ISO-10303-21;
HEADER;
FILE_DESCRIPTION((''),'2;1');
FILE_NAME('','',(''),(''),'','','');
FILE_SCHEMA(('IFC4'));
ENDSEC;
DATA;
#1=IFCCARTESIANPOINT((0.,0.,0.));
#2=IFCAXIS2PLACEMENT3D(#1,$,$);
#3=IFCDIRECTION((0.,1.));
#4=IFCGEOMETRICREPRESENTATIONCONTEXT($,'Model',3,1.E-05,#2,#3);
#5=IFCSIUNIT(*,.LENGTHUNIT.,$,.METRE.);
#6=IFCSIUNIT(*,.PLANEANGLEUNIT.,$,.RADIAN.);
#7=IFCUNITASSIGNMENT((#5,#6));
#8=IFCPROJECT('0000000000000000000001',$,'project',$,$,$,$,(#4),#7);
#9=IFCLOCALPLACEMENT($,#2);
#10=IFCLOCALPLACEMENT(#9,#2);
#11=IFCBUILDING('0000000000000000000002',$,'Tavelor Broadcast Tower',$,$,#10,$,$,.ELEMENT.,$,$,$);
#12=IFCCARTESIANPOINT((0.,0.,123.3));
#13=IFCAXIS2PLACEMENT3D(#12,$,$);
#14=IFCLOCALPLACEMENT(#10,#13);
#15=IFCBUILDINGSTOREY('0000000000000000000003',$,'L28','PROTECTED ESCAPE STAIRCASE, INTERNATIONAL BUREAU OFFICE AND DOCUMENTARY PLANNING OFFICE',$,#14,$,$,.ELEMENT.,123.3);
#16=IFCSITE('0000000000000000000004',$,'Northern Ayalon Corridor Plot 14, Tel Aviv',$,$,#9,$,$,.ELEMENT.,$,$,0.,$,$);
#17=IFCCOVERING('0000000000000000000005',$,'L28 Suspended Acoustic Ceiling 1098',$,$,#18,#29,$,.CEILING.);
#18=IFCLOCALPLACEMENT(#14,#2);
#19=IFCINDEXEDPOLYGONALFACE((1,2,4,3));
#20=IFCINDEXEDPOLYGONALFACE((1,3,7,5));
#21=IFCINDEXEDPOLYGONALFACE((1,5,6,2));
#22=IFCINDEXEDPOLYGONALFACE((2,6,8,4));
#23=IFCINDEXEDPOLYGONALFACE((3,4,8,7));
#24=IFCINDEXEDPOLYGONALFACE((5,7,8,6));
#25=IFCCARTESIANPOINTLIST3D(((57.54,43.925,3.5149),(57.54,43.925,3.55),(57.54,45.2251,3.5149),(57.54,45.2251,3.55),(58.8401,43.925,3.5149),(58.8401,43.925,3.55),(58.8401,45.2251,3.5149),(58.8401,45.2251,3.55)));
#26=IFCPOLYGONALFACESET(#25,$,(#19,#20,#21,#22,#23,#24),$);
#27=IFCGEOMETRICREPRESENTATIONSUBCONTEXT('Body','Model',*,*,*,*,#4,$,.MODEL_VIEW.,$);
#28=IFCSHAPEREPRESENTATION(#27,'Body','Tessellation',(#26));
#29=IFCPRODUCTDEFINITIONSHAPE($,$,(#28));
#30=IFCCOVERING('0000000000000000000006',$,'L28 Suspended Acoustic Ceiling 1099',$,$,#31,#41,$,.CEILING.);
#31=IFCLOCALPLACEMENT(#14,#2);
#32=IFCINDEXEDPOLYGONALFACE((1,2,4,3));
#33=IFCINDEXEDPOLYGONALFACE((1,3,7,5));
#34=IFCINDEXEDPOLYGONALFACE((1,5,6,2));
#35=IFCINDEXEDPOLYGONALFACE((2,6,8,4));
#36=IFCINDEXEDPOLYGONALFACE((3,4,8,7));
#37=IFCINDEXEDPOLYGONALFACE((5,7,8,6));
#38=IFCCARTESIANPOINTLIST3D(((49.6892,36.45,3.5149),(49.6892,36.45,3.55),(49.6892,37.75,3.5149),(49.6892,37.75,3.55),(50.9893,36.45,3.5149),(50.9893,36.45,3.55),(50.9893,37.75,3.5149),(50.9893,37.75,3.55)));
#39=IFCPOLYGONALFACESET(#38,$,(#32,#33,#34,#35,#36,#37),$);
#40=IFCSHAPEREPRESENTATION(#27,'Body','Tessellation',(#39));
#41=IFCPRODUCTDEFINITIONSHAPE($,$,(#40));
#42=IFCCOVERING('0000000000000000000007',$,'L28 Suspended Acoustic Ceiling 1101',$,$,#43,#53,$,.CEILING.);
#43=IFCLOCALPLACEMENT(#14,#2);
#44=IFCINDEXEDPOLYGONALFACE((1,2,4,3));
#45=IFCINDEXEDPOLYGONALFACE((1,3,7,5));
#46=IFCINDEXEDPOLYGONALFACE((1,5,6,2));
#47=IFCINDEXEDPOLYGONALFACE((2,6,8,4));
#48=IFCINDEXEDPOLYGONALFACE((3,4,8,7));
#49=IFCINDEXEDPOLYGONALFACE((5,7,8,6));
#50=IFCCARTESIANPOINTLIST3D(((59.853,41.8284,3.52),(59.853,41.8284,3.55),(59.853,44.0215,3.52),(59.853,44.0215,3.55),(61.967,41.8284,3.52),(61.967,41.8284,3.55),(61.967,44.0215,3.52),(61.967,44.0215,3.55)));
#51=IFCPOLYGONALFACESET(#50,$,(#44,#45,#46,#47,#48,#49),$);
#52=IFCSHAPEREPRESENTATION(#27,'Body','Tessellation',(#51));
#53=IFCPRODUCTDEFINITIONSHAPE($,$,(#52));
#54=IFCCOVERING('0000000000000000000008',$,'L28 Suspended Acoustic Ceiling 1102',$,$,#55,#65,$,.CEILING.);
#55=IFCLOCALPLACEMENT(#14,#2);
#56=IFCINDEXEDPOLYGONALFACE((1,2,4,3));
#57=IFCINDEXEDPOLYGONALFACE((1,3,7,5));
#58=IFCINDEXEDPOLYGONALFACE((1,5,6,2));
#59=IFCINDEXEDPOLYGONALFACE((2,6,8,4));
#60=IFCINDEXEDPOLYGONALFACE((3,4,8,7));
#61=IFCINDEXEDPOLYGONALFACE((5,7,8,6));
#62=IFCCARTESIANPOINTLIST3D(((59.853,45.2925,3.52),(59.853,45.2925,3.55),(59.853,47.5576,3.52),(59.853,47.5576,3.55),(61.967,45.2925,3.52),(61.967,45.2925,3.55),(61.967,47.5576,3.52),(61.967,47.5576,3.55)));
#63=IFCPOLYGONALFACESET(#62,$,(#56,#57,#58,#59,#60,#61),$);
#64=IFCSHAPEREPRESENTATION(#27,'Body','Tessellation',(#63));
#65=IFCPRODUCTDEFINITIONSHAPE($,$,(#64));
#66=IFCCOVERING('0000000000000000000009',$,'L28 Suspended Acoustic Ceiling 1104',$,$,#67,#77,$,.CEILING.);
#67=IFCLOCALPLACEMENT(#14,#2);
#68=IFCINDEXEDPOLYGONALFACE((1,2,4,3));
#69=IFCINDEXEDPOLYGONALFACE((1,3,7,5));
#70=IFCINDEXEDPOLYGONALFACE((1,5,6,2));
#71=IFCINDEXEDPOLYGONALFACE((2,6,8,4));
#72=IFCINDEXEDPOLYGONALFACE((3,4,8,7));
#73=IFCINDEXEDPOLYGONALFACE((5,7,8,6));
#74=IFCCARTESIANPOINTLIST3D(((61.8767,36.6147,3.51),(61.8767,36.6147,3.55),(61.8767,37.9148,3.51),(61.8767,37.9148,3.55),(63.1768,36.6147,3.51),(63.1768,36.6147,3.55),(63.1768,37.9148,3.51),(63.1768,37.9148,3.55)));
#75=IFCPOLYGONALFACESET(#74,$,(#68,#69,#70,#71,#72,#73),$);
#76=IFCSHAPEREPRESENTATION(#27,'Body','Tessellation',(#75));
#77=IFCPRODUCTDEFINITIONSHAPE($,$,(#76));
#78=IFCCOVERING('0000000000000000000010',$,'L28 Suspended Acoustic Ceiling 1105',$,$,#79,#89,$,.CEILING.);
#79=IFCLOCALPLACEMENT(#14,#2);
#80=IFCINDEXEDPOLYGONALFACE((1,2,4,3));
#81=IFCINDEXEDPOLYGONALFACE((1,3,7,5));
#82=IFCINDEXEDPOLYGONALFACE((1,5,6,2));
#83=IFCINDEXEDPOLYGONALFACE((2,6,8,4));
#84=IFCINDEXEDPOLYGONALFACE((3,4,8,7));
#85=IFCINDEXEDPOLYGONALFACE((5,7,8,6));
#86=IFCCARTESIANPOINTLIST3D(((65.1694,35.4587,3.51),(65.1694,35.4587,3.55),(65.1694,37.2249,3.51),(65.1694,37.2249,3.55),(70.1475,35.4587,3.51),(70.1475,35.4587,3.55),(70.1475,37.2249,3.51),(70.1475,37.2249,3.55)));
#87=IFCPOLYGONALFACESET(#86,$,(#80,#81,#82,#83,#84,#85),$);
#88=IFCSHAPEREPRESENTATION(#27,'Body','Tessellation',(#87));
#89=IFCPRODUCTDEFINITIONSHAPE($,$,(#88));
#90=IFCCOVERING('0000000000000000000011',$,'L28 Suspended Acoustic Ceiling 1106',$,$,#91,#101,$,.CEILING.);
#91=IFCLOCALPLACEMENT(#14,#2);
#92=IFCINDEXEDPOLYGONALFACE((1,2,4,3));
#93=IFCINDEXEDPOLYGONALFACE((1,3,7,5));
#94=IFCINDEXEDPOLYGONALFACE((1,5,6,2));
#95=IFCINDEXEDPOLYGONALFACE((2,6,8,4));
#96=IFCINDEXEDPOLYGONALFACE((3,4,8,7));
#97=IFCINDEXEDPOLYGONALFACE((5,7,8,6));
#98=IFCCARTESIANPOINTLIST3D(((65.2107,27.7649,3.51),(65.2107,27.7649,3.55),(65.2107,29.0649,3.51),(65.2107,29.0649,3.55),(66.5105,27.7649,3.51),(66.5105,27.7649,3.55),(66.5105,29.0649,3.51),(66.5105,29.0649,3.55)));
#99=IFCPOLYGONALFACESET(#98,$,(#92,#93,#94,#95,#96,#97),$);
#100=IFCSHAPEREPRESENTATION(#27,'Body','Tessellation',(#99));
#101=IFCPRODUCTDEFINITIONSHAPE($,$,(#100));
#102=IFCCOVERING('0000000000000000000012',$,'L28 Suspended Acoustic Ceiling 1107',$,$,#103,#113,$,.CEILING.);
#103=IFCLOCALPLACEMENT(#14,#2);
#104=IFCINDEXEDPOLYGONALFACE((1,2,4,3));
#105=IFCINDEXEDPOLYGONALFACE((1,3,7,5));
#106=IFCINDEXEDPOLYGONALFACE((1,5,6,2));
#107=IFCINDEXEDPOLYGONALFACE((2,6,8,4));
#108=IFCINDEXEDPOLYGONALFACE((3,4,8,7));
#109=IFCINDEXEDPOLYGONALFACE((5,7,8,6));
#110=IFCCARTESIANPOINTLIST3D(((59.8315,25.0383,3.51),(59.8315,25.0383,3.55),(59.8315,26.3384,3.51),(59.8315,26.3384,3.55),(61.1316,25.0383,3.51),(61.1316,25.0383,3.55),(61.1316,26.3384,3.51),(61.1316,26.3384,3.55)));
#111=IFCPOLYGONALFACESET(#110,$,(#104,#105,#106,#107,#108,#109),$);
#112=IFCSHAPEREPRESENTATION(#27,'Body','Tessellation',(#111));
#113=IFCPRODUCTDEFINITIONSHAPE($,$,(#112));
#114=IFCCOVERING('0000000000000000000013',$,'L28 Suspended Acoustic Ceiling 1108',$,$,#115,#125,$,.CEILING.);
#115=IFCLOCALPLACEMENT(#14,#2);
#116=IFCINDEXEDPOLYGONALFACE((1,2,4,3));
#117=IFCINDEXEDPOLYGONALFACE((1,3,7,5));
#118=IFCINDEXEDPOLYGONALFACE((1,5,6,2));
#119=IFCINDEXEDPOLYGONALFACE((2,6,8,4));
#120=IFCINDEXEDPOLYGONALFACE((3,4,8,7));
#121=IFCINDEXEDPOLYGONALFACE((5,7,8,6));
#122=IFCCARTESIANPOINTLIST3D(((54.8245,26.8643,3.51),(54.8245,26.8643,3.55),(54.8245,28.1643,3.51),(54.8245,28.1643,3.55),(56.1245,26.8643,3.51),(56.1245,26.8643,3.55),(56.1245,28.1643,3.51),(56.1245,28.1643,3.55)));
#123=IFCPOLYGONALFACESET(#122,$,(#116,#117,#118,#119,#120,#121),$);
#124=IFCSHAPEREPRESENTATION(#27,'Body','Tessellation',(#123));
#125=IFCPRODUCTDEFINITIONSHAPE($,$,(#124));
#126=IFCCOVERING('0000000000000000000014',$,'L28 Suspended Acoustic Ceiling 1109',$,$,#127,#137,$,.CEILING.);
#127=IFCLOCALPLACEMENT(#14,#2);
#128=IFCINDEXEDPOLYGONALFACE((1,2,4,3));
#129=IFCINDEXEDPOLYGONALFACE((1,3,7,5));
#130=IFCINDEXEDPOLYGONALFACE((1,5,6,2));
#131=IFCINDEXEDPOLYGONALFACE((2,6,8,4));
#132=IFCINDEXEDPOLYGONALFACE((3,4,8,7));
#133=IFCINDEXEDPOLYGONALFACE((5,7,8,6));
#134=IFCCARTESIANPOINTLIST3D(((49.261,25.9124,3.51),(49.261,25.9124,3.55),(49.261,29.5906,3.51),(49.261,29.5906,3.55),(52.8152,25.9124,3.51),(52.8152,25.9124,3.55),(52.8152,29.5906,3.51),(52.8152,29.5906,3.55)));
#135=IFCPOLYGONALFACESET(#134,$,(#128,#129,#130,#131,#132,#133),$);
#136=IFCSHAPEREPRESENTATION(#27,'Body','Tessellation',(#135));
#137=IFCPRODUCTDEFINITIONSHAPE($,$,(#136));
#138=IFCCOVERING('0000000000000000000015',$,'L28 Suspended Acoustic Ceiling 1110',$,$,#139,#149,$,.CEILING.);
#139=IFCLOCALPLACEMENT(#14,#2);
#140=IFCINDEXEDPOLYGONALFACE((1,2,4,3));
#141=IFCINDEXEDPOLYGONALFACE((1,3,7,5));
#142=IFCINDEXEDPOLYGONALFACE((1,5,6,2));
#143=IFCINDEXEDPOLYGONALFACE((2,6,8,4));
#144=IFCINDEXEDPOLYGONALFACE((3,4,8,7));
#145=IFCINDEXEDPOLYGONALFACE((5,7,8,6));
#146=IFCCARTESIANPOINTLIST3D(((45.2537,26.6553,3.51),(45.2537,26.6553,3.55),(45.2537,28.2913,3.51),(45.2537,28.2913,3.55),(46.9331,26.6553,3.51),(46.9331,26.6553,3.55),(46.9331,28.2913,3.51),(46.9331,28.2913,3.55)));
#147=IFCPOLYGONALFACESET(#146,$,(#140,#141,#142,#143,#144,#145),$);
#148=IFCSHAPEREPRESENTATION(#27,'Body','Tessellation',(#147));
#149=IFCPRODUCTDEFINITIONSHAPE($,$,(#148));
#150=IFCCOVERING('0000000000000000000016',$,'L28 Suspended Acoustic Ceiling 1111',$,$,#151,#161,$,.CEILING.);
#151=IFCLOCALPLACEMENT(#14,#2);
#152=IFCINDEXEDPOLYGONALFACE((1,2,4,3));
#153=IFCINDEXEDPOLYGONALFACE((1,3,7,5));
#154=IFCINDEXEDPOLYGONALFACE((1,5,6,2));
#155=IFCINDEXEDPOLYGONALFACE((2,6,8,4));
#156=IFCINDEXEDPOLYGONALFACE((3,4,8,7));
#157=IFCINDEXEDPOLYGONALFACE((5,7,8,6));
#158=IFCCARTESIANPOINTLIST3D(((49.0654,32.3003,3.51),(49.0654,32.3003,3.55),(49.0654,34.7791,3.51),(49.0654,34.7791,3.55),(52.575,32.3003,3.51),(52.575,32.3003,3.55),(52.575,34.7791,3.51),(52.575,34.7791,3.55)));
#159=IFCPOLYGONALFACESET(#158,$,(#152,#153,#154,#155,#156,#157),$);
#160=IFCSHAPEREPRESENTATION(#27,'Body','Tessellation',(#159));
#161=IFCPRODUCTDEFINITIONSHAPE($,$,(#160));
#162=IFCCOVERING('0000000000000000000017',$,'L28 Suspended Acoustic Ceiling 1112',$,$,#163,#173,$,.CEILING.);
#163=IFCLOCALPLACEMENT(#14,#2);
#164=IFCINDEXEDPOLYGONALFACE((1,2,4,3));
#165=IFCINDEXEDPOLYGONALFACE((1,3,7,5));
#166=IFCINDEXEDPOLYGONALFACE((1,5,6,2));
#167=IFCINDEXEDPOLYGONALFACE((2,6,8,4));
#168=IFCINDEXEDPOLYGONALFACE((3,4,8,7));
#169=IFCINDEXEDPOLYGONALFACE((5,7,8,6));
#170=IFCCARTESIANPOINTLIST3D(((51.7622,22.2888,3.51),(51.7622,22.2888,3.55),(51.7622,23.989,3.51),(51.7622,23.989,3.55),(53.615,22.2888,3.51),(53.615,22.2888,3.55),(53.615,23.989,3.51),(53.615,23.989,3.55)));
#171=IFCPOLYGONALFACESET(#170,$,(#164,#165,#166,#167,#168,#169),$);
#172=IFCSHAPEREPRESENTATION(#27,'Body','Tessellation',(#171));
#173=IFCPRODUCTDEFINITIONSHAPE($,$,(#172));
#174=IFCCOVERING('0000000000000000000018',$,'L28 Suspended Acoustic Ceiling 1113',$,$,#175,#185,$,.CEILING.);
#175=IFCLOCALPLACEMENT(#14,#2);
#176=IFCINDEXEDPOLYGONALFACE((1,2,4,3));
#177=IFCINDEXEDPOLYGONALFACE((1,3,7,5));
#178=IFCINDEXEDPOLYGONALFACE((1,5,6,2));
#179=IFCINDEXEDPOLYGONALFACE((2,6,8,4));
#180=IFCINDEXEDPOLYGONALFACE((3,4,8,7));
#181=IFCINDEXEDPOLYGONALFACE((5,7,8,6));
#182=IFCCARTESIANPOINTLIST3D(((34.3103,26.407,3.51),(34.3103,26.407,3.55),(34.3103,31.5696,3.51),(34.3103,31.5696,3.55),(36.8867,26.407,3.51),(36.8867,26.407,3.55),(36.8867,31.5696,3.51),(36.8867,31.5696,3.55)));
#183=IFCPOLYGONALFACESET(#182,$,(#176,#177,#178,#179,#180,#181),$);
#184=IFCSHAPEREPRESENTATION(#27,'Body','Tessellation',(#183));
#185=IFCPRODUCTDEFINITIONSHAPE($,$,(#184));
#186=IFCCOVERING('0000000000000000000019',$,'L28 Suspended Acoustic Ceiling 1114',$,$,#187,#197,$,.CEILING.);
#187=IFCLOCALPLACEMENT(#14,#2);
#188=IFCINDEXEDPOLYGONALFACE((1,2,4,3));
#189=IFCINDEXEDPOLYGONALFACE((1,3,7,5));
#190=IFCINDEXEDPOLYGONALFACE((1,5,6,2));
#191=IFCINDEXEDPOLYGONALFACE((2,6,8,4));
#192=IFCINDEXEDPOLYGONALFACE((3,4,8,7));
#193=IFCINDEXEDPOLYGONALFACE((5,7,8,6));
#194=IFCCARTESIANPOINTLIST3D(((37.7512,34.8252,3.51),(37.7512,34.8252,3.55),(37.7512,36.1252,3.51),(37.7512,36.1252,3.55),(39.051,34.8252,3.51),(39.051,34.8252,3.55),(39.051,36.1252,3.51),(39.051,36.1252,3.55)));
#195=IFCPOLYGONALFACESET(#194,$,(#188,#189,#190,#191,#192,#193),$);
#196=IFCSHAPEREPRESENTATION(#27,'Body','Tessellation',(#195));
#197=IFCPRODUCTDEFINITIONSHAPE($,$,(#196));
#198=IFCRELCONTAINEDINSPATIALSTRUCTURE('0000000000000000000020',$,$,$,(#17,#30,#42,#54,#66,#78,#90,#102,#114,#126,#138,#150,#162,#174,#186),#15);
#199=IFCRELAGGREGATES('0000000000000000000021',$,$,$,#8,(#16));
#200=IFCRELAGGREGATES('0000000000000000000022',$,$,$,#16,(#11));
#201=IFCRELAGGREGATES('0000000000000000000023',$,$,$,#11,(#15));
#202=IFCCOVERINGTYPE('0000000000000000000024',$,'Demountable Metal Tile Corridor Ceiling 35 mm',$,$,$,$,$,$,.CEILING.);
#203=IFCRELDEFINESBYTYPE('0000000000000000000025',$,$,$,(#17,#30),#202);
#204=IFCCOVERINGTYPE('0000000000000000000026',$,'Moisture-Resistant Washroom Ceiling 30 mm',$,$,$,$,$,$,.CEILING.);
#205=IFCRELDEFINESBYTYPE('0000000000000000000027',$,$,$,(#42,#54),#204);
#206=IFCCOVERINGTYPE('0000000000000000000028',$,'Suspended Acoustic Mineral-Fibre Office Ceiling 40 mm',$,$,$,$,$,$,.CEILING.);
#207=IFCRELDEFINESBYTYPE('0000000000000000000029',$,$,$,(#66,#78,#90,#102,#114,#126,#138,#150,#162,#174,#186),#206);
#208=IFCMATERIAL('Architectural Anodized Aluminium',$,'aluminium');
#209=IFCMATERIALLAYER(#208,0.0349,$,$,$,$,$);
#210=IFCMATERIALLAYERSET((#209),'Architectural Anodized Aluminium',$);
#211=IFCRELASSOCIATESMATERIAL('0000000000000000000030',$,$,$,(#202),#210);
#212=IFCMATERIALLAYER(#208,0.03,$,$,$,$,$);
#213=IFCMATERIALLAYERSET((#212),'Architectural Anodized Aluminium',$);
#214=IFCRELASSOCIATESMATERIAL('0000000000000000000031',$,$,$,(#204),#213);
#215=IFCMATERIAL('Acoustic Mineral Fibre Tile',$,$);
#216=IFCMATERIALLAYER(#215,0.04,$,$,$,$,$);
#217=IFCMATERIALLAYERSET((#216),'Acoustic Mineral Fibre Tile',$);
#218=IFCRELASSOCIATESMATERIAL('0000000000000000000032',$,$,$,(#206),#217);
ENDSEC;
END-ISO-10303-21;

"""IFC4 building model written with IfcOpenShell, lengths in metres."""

from ifc_helpers import new_model, si_unit, direction, frame, origin, place, context, subcontext, project, spatial, polyline, outline, extrude, material, layer, layer_set, type_object, element, save


model = new_model("IFC4")

# Units and contexts
model_context = context("Model", 3, precision=1e-05, world=origin(), true_north=direction((0.0, 1.0)))
body_context = subcontext(model_context, "Body", "Model", "MODEL_VIEW")
ifc_project = project(units=[si_unit("LENGTHUNIT", "METRE"), si_unit("PLANEANGLEUNIT", "RADIAN")], contexts=[model_context])

# Site, building, storey
site_placement = place(None, origin())
site = spatial("IfcSite", under=ifc_project, at=site_placement, Name="Northern Ayalon Corridor Plot 14, Tel Aviv", CompositionType="ELEMENT", RefElevation=0.0)
building_placement = place(site_placement, origin())
building = spatial("IfcBuilding", under=site, at=building_placement, Name="Tavelor Broadcast Tower", CompositionType="ELEMENT")
storey_placement = place(building_placement, frame((0.0, 0.0, 123.3)))
storey = spatial("IfcBuildingStorey", under=building, at=storey_placement, Name="L28", Description="PROTECTED ESCAPE STAIRCASE, INTERNATIONAL BUREAU OFFICE AND DOCUMENTARY PLANNING OFFICE", CompositionType="ELEMENT", Elevation=123.3)

# Coverings
ifc_material_1 = material(Name="Architectural Anodized Aluminium", Category="aluminium")
ifc_layer_1 = layer(ifc_material_1, 0.0349)
ifc_layer_set_1 = layer_set([ifc_layer_1], Name="Architectural Anodized Aluminium")
covering_type_1 = type_object("IfcCoveringType", Name="Demountable Metal Tile Corridor Ceiling 35 mm", PredefinedType="CEILING", material=ifc_layer_set_1)
covering_1_placement = place(storey_placement, frame((0.0, 0.0, 3.5149)))
element("IfcCovering", 1, at=covering_1_placement, inside=storey, type_object=covering_type_1, Name="L28 Suspended Acoustic Ceiling 1098", PredefinedType="CEILING", context=body_context, shape_type="SweptSolid", body=[
    extrude(outline(polyline([(57.54, 43.925), (58.8401, 43.925), (58.8401, 45.2251), (57.54, 45.2251), (57.54, 43.925)])), origin(), (0.0, 0.0, 1.0), 0.0352),
])
covering_2_placement = place(storey_placement, frame((0.0, 0.0, 3.5149)))
element("IfcCovering", 2, at=covering_2_placement, inside=storey, type_object=covering_type_1, Name="L28 Suspended Acoustic Ceiling 1099", PredefinedType="CEILING", context=body_context, shape_type="SweptSolid", body=[
    extrude(outline(polyline([(49.6892, 36.45), (50.9893, 36.45), (50.9893, 37.75), (49.6892, 37.75), (49.6892, 36.45)])), origin(), (0.0, 0.0, 1.0), 0.0352),
])
ifc_layer_2 = layer(ifc_material_1, 0.03)
ifc_layer_set_2 = layer_set([ifc_layer_2], Name="Architectural Anodized Aluminium")
covering_type_2 = type_object("IfcCoveringType", Name="Moisture-Resistant Washroom Ceiling 30 mm", PredefinedType="CEILING", material=ifc_layer_set_2)
covering_3_placement = place(storey_placement, frame((0.0, 0.0, 3.52)))
element("IfcCovering", 3, at=covering_3_placement, inside=storey, type_object=covering_type_2, Name="L28 Suspended Acoustic Ceiling 1101", PredefinedType="CEILING", context=body_context, shape_type="SweptSolid", body=[
    extrude(outline(polyline([(59.853, 41.8284), (61.967, 41.8284), (61.967, 44.0215), (59.853, 44.0215), (59.853, 41.8284)])), origin(), (0.0, 0.0, 1.0), 0.03),
])
covering_4_placement = place(storey_placement, frame((0.0, 0.0, 3.52)))
element("IfcCovering", 4, at=covering_4_placement, inside=storey, type_object=covering_type_2, Name="L28 Suspended Acoustic Ceiling 1102", PredefinedType="CEILING", context=body_context, shape_type="SweptSolid", body=[
    extrude(outline(polyline([(59.853, 45.2925), (61.967, 45.2925), (61.967, 47.5576), (59.853, 47.5576), (59.853, 45.2925)])), origin(), (0.0, 0.0, 1.0), 0.03),
])
ifc_material_2 = material(Name="Acoustic Mineral Fibre Tile")
ifc_layer_3 = layer(ifc_material_2, 0.04)
ifc_layer_set_3 = layer_set([ifc_layer_3], Name="Acoustic Mineral Fibre Tile")
covering_type_3 = type_object("IfcCoveringType", Name="Suspended Acoustic Mineral-Fibre Office Ceiling 40 mm", PredefinedType="CEILING", material=ifc_layer_set_3)
covering_5_placement = place(storey_placement, frame((0.0, 0.0, 3.51)))
element("IfcCovering", 5, at=covering_5_placement, inside=storey, type_object=covering_type_3, Name="L28 Suspended Acoustic Ceiling 1104", PredefinedType="CEILING", context=body_context, shape_type="SweptSolid", body=[
    extrude(outline(polyline([(61.8767, 36.6147), (63.1768, 36.6147), (63.1768, 37.9148), (61.8767, 37.9148), (61.8767, 36.6147)])), origin(), (0.0, 0.0, 1.0), 0.04),
])
covering_6_placement = place(storey_placement, frame((0.0, 0.0, 3.51)))
element("IfcCovering", 6, at=covering_6_placement, inside=storey, type_object=covering_type_3, Name="L28 Suspended Acoustic Ceiling 1105", PredefinedType="CEILING", context=body_context, shape_type="SweptSolid", body=[
    extrude(outline(polyline([(65.1694, 35.4587), (70.1475, 35.4587), (70.1475, 37.2249), (65.1694, 37.2249), (65.1694, 35.4587)])), origin(), (0.0, 0.0, 1.0), 0.04),
])
covering_7_placement = place(storey_placement, frame((0.0, 0.0, 3.51)))
element("IfcCovering", 7, at=covering_7_placement, inside=storey, type_object=covering_type_3, Name="L28 Suspended Acoustic Ceiling 1106", PredefinedType="CEILING", context=body_context, shape_type="SweptSolid", body=[
    extrude(outline(polyline([(65.2107, 27.7649), (66.5105, 27.7649), (66.5105, 29.0649), (65.2107, 29.0649), (65.2107, 27.7649)])), origin(), (0.0, 0.0, 1.0), 0.04),
])
covering_8_placement = place(storey_placement, frame((0.0, 0.0, 3.51)))
element("IfcCovering", 8, at=covering_8_placement, inside=storey, type_object=covering_type_3, Name="L28 Suspended Acoustic Ceiling 1107", PredefinedType="CEILING", context=body_context, shape_type="SweptSolid", body=[
    extrude(outline(polyline([(59.8315, 25.0383), (61.1316, 25.0383), (61.1316, 26.3384), (59.8315, 26.3384), (59.8315, 25.0383)])), origin(), (0.0, 0.0, 1.0), 0.04),
])
covering_9_placement = place(storey_placement, frame((0.0, 0.0, 3.51)))
element("IfcCovering", 9, at=covering_9_placement, inside=storey, type_object=covering_type_3, Name="L28 Suspended Acoustic Ceiling 1108", PredefinedType="CEILING", context=body_context, shape_type="SweptSolid", body=[
    extrude(outline(polyline([(54.8245, 26.8643), (56.1245, 26.8643), (56.1245, 28.1643), (54.8245, 28.1643), (54.8245, 26.8643)])), origin(), (0.0, 0.0, 1.0), 0.04),
])
covering_10_placement = place(storey_placement, frame((0.0, 0.0, 3.51)))
element("IfcCovering", 10, at=covering_10_placement, inside=storey, type_object=covering_type_3, Name="L28 Suspended Acoustic Ceiling 1109", PredefinedType="CEILING", context=body_context, shape_type="SweptSolid", body=[
    extrude(outline(polyline([(49.261, 25.9124), (52.8152, 25.9124), (52.8152, 29.5906), (49.261, 29.5906), (49.261, 25.9124)])), origin(), (0.0, 0.0, 1.0), 0.04),
])
covering_11_placement = place(storey_placement, frame((0.0, 0.0, 3.51)))
element("IfcCovering", 11, at=covering_11_placement, inside=storey, type_object=covering_type_3, Name="L28 Suspended Acoustic Ceiling 1110", PredefinedType="CEILING", context=body_context, shape_type="SweptSolid", body=[
    extrude(outline(polyline([(45.2537, 26.6553), (46.9331, 26.6553), (46.9331, 28.2913), (45.2537, 28.2913), (45.2537, 26.6553)])), origin(), (0.0, 0.0, 1.0), 0.04),
])
covering_12_placement = place(storey_placement, frame((0.0, 0.0, 3.51)))
element("IfcCovering", 12, at=covering_12_placement, inside=storey, type_object=covering_type_3, Name="L28 Suspended Acoustic Ceiling 1111", PredefinedType="CEILING", context=body_context, shape_type="SweptSolid", body=[
    extrude(outline(polyline([(49.0654, 32.3003), (52.575, 32.3003), (52.575, 34.7791), (49.0654, 34.7791), (49.0654, 32.3003)])), origin(), (0.0, 0.0, 1.0), 0.04),
])
covering_13_placement = place(storey_placement, frame((0.0, 0.0, 3.51)))
element("IfcCovering", 13, at=covering_13_placement, inside=storey, type_object=covering_type_3, Name="L28 Suspended Acoustic Ceiling 1112", PredefinedType="CEILING", context=body_context, shape_type="SweptSolid", body=[
    extrude(outline(polyline([(51.7622, 22.2888), (53.615, 22.2888), (53.615, 23.989), (51.7622, 23.989), (51.7622, 22.2888)])), origin(), (0.0, 0.0, 1.0), 0.04),
])
covering_14_placement = place(storey_placement, frame((0.0, 0.0, 3.51)))
element("IfcCovering", 14, at=covering_14_placement, inside=storey, type_object=covering_type_3, Name="L28 Suspended Acoustic Ceiling 1113", PredefinedType="CEILING", context=body_context, shape_type="SweptSolid", body=[
    extrude(outline(polyline([(34.3103, 26.407), (36.8867, 26.407), (36.8867, 31.5696), (34.3103, 31.5696), (34.3103, 26.407)])), origin(), (0.0, 0.0, 1.0), 0.04),
])
covering_15_placement = place(storey_placement, frame((0.0, 0.0, 3.51)))
element("IfcCovering", 15, at=covering_15_placement, inside=storey, type_object=covering_type_3, Name="L28 Suspended Acoustic Ceiling 1114", PredefinedType="CEILING", context=body_context, shape_type="SweptSolid", body=[
    extrude(outline(polyline([(37.7512, 34.8252), (39.051, 34.8252), (39.051, 36.1252), (37.7512, 36.1252), (37.7512, 34.8252)])), origin(), (0.0, 0.0, 1.0), 0.04),
])

save(model, "model.ifc")
